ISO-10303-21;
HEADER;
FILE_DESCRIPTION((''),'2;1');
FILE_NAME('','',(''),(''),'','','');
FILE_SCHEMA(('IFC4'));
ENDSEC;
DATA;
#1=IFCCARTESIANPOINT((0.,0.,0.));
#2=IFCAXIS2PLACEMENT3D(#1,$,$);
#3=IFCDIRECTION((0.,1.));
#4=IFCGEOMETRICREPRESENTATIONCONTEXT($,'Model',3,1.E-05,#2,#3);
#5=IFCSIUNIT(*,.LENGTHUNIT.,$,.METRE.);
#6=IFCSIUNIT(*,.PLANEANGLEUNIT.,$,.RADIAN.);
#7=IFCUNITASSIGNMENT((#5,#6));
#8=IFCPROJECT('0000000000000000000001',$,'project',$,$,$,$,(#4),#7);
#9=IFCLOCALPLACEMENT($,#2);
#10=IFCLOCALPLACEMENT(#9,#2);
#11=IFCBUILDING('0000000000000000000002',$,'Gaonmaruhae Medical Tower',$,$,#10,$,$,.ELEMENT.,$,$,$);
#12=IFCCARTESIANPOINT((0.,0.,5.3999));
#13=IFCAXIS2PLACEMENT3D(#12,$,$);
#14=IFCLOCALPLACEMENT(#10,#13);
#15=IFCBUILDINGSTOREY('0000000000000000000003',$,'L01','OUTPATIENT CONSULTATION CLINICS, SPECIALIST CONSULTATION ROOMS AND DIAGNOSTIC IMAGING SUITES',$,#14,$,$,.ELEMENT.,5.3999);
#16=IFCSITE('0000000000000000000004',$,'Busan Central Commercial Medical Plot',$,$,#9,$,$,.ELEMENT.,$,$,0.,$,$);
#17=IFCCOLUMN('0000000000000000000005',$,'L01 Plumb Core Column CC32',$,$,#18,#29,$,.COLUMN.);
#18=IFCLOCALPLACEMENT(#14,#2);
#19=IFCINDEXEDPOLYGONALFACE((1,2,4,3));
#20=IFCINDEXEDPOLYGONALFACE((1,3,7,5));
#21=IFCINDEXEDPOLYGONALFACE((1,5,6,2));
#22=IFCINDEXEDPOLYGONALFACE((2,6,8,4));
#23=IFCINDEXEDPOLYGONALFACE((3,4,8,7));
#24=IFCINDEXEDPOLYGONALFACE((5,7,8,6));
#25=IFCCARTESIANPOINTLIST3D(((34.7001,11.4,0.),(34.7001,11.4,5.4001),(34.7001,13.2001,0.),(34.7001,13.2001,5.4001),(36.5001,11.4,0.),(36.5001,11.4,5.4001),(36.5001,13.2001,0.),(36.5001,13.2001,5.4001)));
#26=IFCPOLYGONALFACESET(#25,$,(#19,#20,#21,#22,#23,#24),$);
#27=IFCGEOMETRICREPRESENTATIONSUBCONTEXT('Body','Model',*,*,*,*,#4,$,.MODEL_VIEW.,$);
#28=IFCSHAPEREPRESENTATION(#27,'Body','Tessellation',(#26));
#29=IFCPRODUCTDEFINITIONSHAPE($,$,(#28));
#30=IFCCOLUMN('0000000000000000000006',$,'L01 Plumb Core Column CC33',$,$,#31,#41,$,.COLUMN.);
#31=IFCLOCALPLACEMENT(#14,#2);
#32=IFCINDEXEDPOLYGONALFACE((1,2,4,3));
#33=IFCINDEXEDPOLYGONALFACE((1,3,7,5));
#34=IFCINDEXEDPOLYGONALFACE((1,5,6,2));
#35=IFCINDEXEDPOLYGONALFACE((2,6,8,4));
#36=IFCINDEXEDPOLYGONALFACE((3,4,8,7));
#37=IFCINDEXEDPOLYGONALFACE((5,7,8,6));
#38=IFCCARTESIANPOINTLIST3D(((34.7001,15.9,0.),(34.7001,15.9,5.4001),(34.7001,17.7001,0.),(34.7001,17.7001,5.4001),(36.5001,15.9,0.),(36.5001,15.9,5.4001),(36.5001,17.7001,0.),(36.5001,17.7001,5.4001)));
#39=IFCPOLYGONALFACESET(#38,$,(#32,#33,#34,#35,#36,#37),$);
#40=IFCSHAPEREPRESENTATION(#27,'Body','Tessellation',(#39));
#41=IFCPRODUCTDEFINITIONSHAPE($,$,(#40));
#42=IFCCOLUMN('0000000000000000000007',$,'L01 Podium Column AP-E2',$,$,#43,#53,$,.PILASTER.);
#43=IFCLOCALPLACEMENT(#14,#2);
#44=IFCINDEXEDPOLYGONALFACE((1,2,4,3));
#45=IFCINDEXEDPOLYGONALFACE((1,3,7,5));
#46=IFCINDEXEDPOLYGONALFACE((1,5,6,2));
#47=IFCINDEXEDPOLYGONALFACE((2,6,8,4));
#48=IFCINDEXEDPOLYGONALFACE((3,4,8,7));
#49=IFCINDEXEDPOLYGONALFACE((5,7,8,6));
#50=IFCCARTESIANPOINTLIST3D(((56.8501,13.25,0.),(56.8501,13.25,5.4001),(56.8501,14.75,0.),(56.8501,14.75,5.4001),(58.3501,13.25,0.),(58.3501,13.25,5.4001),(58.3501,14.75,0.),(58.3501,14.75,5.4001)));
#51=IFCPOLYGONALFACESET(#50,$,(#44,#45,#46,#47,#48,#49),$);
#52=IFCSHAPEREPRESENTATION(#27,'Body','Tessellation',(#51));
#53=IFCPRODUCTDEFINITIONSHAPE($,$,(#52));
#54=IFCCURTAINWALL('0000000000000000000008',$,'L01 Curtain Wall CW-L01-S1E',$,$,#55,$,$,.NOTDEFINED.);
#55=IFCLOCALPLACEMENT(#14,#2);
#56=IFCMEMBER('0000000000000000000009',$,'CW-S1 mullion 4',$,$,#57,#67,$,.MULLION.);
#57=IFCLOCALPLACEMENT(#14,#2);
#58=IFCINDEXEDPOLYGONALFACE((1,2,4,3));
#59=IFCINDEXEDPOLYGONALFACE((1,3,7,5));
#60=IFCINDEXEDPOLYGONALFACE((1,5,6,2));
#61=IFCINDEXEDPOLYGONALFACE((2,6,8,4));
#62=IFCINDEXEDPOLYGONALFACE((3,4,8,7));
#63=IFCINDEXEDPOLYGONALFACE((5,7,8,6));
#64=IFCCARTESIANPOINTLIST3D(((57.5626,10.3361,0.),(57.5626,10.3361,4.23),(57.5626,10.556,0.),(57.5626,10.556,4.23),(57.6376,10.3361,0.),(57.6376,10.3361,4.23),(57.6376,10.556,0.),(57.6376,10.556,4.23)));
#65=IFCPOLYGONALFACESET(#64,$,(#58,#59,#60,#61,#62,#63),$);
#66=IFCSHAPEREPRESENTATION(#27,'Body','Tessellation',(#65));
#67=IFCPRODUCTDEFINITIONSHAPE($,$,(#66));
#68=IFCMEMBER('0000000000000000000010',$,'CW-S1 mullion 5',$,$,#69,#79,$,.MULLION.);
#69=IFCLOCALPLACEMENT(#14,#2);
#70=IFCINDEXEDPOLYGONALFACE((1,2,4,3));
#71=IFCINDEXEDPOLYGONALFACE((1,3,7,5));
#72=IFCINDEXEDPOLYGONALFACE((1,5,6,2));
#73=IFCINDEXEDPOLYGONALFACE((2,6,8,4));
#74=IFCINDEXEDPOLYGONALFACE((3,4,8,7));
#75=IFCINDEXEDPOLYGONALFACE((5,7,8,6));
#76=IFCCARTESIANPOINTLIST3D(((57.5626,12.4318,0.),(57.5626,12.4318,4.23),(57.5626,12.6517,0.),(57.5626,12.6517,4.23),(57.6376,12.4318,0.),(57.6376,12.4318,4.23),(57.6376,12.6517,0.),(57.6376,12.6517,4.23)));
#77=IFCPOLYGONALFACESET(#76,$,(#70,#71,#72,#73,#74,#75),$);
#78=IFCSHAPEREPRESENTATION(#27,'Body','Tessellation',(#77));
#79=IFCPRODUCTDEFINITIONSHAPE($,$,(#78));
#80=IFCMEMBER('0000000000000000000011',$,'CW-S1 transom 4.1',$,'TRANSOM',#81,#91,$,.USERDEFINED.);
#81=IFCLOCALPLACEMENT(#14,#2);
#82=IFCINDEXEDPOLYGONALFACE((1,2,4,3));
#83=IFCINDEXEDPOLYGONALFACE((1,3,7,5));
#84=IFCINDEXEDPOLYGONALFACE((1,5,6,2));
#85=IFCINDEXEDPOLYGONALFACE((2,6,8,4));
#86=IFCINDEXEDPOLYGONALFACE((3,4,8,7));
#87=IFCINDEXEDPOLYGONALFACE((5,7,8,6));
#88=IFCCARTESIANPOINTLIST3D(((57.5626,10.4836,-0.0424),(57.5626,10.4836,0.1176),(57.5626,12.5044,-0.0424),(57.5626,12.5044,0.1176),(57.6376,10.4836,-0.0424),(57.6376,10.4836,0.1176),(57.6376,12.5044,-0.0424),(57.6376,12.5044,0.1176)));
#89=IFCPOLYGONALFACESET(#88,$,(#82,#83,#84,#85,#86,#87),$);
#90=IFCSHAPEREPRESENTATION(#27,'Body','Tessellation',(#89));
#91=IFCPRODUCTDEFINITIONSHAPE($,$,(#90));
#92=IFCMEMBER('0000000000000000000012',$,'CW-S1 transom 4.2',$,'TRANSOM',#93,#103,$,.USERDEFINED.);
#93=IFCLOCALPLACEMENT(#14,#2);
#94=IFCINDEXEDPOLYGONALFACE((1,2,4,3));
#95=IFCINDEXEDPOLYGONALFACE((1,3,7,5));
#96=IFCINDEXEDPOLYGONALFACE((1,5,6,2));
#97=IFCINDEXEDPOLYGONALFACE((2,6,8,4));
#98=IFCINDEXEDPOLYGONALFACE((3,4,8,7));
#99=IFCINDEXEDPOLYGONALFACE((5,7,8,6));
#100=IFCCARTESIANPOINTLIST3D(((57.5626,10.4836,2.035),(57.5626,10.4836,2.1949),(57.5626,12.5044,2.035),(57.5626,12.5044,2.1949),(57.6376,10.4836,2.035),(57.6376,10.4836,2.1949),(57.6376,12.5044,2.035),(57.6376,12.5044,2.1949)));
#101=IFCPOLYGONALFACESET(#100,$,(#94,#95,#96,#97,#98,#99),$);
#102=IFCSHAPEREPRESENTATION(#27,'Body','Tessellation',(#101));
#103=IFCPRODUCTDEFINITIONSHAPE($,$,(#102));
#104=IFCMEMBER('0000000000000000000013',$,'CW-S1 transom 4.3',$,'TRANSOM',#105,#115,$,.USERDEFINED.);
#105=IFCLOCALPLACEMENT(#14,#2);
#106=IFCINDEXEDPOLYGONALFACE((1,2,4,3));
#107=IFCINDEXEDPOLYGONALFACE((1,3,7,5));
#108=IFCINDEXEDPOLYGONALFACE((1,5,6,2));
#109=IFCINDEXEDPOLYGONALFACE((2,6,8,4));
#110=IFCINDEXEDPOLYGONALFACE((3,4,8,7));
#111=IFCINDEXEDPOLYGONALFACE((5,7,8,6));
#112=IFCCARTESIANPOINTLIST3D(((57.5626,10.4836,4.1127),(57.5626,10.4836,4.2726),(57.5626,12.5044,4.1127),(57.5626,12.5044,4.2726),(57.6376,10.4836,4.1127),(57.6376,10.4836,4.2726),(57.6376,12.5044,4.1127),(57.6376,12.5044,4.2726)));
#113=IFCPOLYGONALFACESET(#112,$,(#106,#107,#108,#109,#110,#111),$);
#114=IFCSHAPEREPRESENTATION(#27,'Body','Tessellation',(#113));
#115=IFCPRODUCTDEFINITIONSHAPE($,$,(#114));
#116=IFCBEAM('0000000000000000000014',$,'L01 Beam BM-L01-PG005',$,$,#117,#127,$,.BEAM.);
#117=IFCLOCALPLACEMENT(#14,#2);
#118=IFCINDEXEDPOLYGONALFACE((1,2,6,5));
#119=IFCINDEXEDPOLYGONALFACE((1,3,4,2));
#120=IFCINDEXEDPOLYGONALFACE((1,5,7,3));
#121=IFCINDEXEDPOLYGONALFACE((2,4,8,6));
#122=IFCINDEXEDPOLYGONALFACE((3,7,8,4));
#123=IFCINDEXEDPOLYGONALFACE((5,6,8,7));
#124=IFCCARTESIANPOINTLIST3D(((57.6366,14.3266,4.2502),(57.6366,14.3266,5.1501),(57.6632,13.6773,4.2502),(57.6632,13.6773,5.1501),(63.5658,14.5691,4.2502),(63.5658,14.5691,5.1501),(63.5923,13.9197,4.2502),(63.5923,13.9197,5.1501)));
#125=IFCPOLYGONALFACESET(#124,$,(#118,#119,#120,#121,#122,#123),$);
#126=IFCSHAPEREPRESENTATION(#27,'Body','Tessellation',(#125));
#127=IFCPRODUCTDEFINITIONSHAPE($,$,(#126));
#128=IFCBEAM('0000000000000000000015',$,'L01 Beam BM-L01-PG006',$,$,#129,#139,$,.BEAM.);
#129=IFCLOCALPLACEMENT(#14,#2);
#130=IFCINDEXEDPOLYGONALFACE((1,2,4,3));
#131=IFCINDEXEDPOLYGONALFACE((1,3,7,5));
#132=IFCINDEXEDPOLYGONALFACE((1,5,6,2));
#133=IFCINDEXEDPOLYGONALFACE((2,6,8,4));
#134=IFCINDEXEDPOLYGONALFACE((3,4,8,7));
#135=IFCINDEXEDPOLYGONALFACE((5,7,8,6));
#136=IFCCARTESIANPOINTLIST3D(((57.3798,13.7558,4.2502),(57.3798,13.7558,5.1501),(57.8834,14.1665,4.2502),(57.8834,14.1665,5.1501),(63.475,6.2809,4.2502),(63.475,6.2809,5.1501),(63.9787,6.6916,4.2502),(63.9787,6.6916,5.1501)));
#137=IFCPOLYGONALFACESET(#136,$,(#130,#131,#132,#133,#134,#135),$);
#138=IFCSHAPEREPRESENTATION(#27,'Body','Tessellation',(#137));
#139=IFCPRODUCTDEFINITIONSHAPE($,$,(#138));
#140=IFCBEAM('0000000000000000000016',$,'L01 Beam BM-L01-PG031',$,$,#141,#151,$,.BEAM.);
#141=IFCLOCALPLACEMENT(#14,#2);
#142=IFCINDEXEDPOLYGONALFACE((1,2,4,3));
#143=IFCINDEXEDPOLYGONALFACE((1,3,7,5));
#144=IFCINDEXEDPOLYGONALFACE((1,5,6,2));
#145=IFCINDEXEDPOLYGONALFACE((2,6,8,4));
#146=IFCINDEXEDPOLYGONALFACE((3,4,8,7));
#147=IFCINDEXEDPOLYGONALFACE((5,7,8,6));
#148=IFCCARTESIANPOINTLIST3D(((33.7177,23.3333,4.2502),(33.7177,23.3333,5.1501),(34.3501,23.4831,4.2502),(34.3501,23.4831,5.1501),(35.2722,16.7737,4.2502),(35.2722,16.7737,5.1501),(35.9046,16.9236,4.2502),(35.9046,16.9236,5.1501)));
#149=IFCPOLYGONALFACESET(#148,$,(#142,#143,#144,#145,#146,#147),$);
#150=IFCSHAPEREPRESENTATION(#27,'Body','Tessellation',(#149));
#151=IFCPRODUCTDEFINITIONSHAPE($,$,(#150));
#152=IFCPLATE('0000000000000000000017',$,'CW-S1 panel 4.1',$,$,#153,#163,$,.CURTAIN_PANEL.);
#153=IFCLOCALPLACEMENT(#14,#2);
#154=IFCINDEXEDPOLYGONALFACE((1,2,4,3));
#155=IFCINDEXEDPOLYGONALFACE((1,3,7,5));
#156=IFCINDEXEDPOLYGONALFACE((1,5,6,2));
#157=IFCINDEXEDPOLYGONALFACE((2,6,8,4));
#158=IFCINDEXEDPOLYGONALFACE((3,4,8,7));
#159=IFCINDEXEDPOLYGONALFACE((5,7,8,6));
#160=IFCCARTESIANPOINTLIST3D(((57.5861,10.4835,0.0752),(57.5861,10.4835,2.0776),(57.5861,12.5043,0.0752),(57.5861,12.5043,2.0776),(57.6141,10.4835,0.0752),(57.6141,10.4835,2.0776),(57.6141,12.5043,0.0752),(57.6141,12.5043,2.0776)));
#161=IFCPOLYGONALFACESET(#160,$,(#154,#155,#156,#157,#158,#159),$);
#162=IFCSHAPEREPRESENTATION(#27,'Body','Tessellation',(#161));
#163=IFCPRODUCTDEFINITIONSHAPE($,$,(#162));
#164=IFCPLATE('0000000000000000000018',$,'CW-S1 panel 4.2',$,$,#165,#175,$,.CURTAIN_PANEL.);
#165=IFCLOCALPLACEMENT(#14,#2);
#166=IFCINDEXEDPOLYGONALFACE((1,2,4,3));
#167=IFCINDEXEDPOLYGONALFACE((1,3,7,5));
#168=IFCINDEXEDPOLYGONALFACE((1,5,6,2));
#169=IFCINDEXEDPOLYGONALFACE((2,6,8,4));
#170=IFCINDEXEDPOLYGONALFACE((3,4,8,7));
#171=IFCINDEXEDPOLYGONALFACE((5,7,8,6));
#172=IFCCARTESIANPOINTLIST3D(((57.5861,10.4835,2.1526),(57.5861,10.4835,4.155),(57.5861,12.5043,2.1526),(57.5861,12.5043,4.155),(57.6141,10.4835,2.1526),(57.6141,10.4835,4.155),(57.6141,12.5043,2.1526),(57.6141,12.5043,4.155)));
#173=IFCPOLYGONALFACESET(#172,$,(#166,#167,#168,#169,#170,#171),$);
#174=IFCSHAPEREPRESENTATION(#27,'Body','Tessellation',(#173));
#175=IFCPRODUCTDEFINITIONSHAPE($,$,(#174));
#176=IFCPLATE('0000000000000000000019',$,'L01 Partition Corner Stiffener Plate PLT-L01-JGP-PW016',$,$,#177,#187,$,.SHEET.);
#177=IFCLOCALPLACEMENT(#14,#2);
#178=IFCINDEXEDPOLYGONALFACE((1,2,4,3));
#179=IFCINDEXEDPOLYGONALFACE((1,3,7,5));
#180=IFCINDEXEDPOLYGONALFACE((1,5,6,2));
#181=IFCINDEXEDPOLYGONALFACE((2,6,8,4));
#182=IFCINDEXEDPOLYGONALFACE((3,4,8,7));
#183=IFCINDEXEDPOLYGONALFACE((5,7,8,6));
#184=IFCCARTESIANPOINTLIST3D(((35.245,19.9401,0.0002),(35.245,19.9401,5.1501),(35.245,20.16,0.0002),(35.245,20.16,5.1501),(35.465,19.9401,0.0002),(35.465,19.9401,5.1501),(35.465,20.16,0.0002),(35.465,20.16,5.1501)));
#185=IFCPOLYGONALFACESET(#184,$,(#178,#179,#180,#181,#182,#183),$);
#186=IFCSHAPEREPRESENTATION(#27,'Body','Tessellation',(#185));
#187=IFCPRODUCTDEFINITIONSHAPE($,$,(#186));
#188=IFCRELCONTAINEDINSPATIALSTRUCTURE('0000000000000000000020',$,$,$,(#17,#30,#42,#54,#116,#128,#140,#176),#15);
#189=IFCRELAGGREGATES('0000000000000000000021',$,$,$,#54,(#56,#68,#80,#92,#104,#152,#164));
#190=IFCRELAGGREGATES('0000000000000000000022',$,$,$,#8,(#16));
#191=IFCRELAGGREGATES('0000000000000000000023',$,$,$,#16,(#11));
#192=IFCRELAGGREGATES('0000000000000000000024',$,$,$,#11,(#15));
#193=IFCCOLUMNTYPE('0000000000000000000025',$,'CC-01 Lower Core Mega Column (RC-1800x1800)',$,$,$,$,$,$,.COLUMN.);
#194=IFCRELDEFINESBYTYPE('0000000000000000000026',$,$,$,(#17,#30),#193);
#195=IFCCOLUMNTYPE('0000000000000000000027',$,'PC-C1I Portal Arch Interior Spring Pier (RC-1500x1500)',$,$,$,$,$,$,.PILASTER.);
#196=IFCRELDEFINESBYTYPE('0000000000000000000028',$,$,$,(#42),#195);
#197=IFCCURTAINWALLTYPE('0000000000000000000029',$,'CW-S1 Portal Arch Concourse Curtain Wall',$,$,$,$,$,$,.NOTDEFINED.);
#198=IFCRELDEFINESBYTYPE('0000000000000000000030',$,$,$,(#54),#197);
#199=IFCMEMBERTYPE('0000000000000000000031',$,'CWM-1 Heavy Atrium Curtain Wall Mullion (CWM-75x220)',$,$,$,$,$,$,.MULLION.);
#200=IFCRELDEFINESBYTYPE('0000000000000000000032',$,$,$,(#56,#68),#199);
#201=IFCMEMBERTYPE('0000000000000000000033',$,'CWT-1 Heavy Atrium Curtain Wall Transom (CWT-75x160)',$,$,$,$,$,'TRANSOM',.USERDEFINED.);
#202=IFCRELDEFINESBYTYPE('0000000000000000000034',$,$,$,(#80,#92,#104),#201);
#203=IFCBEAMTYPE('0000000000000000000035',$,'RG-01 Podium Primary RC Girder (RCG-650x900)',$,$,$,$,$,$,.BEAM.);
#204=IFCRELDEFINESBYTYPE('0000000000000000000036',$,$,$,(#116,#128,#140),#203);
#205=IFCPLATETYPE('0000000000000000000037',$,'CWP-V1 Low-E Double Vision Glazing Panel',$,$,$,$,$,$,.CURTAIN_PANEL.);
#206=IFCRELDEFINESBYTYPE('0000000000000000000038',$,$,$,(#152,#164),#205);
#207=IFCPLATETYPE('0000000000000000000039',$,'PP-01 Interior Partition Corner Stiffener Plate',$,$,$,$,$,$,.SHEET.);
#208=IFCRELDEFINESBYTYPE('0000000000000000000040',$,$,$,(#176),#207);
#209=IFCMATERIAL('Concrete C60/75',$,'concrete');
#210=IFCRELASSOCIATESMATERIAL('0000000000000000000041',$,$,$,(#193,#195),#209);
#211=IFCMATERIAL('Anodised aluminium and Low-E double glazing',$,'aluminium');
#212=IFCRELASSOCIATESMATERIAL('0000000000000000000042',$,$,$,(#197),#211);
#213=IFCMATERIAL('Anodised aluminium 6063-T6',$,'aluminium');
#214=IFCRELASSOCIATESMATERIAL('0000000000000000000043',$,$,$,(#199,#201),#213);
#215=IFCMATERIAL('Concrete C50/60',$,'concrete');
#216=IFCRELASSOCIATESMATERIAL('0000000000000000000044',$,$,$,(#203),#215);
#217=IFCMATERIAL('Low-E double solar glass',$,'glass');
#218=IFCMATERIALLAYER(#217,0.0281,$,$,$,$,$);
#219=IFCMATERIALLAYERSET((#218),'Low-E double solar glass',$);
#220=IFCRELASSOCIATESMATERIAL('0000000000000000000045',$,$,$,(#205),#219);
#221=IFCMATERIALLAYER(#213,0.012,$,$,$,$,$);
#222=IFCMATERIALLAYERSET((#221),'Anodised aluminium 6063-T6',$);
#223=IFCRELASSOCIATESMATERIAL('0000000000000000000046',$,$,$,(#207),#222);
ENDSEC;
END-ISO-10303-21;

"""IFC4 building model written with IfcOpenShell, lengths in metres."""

from ifc_helpers import new_model, si_unit, direction, frame, origin, origin_2d, place, context, subcontext, project, spatial, rectangle, extrude, material, layer, layer_set, material_profile, profile_set, type_object, element, aggregate, save


model = new_model("IFC4")

# Units and contexts
model_context = context("Model", 3, precision=1e-05, world=origin(), true_north=direction((0.0, 1.0)))
body_context = subcontext(model_context, "Body", "Model", "MODEL_VIEW")
ifc_project = project(units=[si_unit("LENGTHUNIT", "METRE"), si_unit("PLANEANGLEUNIT", "RADIAN")], contexts=[model_context])

# Site, building, storey
site_placement = place(None, origin())
site = spatial("IfcSite", under=ifc_project, at=site_placement, Name="Busan Central Commercial Medical Plot", CompositionType="ELEMENT", RefElevation=0.0)
building_placement = place(site_placement, origin())
building = spatial("IfcBuilding", under=site, at=building_placement, Name="Gaonmaruhae Medical Tower", CompositionType="ELEMENT")
storey_placement = place(building_placement, frame((0.0, 0.0, 5.3999)))
storey = spatial("IfcBuildingStorey", under=building, at=storey_placement, Name="L01", Description="OUTPATIENT CONSULTATION CLINICS, SPECIALIST CONSULTATION ROOMS AND DIAGNOSTIC IMAGING SUITES", CompositionType="ELEMENT", Elevation=5.3999)

# Columns
ifc_material_1 = material(Name="Concrete C60/75", Category="concrete")
ifc_material_profile_1 = material_profile(ifc_material_1, rectangle(XDim=1.8, YDim=1.8, at=origin_2d()), Name="RC-1800x1800")
ifc_profile_set_1 = profile_set([ifc_material_profile_1], Name="Concrete C60/75")
column_type_1 = type_object("IfcColumnType", Name="CC-01 Lower Core Mega Column (RC-1800x1800)", PredefinedType="COLUMN", material=ifc_profile_set_1)
for number, where, z_axis, x_axis, name in (
    (1, (35.6001, 12.3, 0.0), (0.0, 0.0, 1.0), (1.0, 0.0, 0.0), "L01 Plumb Core Column CC32"),
    (2, (35.6001, 16.8, 0.0), (0.0, 0.0, 1.0), (1.0, 0.0, 0.0), "L01 Plumb Core Column CC33"),
):
    element("IfcColumn", number, at=place(storey_placement, frame(where, z_axis=z_axis, x_axis=x_axis)), inside=storey, type_object=column_type_1, Name=name, PredefinedType="COLUMN", context=body_context, shape_type="SweptSolid", body=[
        extrude(rectangle(XDim=1.8, YDim=1.8, at=origin_2d()), origin(), (0.0, 0.0, 1.0), 5.4001),
    ])
ifc_material_profile_2 = material_profile(ifc_material_1, rectangle(XDim=1.5, YDim=1.5, at=origin_2d()), Name="RC-1500x1500")
ifc_profile_set_2 = profile_set([ifc_material_profile_2], Name="Concrete C60/75")
column_type_2 = type_object("IfcColumnType", Name="PC-C1I Portal Arch Interior Spring Pier (RC-1500x1500)", PredefinedType="PILASTER", material=ifc_profile_set_2)
column_placement = place(storey_placement, frame((57.6001, 14.0, 0.0), z_axis=(0.0, 0.0, 1.0), x_axis=(1.0, 0.0, 0.0)))
element("IfcColumn", 3, at=column_placement, inside=storey, type_object=column_type_2, Name="L01 Podium Column AP-E2", PredefinedType="PILASTER", context=body_context, shape_type="SweptSolid", body=[
    extrude(rectangle(XDim=1.5, YDim=1.5, at=origin_2d()), origin(), (0.0, 0.0, 1.0), 5.4001),
])

# Curtain wall, members
ifc_material_2 = material(Name="Anodised aluminium and Low-E double glazing", Category="aluminium")
curtain_wall_type = type_object("IfcCurtainWallType", Name="CW-S1 Portal Arch Concourse Curtain Wall", PredefinedType="NOTDEFINED", material=ifc_material_2)
curtain_wall_placement = place(storey_placement, origin())
curtain_wall = element("IfcCurtainWall", 4, at=curtain_wall_placement, inside=storey, type_object=curtain_wall_type, Name="L01 Curtain Wall CW-L01-S1E", PredefinedType="NOTDEFINED")
ifc_material_3 = material(Name="Anodised aluminium 6063-T6", Category="aluminium")
ifc_material_profile_3 = material_profile(ifc_material_3, rectangle(XDim=0.075, YDim=0.22, at=origin_2d()), Name="CWM-75x220")
ifc_profile_set_3 = profile_set([ifc_material_profile_3], Name="Anodised aluminium 6063-T6")
member_type_1 = type_object("IfcMemberType", Name="CWM-1 Heavy Atrium Curtain Wall Mullion (CWM-75x220)", PredefinedType="MULLION", material=ifc_profile_set_3)
member_1_placement = place(storey_placement, frame((57.6001, 10.446, 0.0), z_axis=(0.0, 0.0, 1.0), x_axis=(-1.0, 0.0, 0.0)))
member_1 = element("IfcMember", 5, at=member_1_placement, type_object=member_type_1, Name="CW-S1 mullion 4", PredefinedType="MULLION", context=body_context, shape_type="SweptSolid", body=[
    extrude(rectangle(XDim=0.075, YDim=0.22, at=origin_2d()), origin(), (0.0, 0.0, 1.0), 4.23),
])
member_2_placement = place(storey_placement, frame((57.6001, 12.5417, 0.0), z_axis=(0.0, 0.0, 1.0), x_axis=(-1.0, 0.0, 0.0)))
member_2 = element("IfcMember", 6, at=member_2_placement, type_object=member_type_1, Name="CW-S1 mullion 5", PredefinedType="MULLION", context=body_context, shape_type="SweptSolid", body=[
    extrude(rectangle(XDim=0.075, YDim=0.22, at=origin_2d()), origin(), (0.0, 0.0, 1.0), 4.23),
])
ifc_material_profile_4 = material_profile(ifc_material_3, rectangle(XDim=0.075, YDim=0.1599, at=origin_2d()), Name="CWT-75x160")
ifc_profile_set_4 = profile_set([ifc_material_profile_4], Name="Anodised aluminium 6063-T6")
member_type_2 = type_object("IfcMemberType", Name="CWT-1 Heavy Atrium Curtain Wall Transom (CWT-75x160)", ElementType="TRANSOM", PredefinedType="USERDEFINED", material=ifc_profile_set_4)
member_3_placement = place(storey_placement, frame((57.6001, 10.4836, 0.0376), z_axis=(0.0, 1.0, 0.0), x_axis=(-1.0, 0.0, 0.0)))
member_3 = element("IfcMember", 7, at=member_3_placement, type_object=member_type_2, Name="CW-S1 transom 4.1", ObjectType="TRANSOM", PredefinedType="USERDEFINED", context=body_context, shape_type="SweptSolid", body=[
    extrude(rectangle(XDim=0.075, YDim=0.1599, at=origin_2d()), origin(), (0.0, 0.0, 1.0), 2.0208),
])
member_4_placement = place(storey_placement, frame((57.6001, 10.4836, 2.115), z_axis=(0.0, 1.0, 0.0), x_axis=(-1.0, 0.0, 0.0)))
member_4 = element("IfcMember", 8, at=member_4_placement, type_object=member_type_2, Name="CW-S1 transom 4.2", ObjectType="TRANSOM", PredefinedType="USERDEFINED", context=body_context, shape_type="SweptSolid", body=[
    extrude(rectangle(XDim=0.075, YDim=0.1599, at=origin_2d()), origin(), (0.0, 0.0, 1.0), 2.0208),
])
member_5_placement = place(storey_placement, frame((57.6001, 10.4836, 4.1926), z_axis=(0.0, 1.0, 0.0), x_axis=(-1.0, 0.0, 0.0)))
member_5 = element("IfcMember", 9, at=member_5_placement, type_object=member_type_2, Name="CW-S1 transom 4.3", ObjectType="TRANSOM", PredefinedType="USERDEFINED", context=body_context, shape_type="SweptSolid", body=[
    extrude(rectangle(XDim=0.075, YDim=0.1599, at=origin_2d()), origin(), (0.0, 0.0, 1.0), 2.0208),
])

# Beams
ifc_material_4 = material(Name="Concrete C50/60", Category="concrete")
ifc_material_profile_5 = material_profile(ifc_material_4, rectangle(XDim=0.6499, YDim=0.8999, at=origin_2d()), Name="RCG-650x900")
ifc_profile_set_5 = profile_set([ifc_material_profile_5], Name="Concrete C50/60")
beam_type = type_object("IfcBeamType", Name="RG-01 Podium Primary RC Girder (RCG-650x900)", PredefinedType="BEAM", material=ifc_profile_set_5)
beam_1_placement = place(storey_placement, frame((57.6499, 14.002, 4.7002), z_axis=(0.999165, 0.040854, 0.0), x_axis=(-0.040854, 0.999165, 0.0)))
element("IfcBeam", 10, at=beam_1_placement, inside=storey, type_object=beam_type, Name="L01 Beam BM-L01-PG005", PredefinedType="BEAM", context=body_context, shape_type="SweptSolid", body=[
    extrude(rectangle(XDim=0.6499, YDim=0.8999, at=origin_2d()), origin(), (0.0, 0.0, 1.0), 5.9341),
])
beam_2_placement = place(storey_placement, frame((57.6316, 13.9612, 4.7002), z_axis=(0.631959, -0.775002, 0.0), x_axis=(0.775002, 0.631959, 0.0)))
element("IfcBeam", 11, at=beam_2_placement, inside=storey, type_object=beam_type, Name="L01 Beam BM-L01-PG006", PredefinedType="BEAM", context=body_context, shape_type="SweptSolid", body=[
    extrude(rectangle(XDim=0.6499, YDim=0.8999, at=origin_2d()), origin(), (0.0, 0.0, 1.0), 9.645),
])
beam_3_placement = place(storey_placement, frame((34.0339, 23.4082, 4.7002), z_axis=(0.230587, -0.973052, 0.0), x_axis=(0.973052, 0.230587, 0.0)))
element("IfcBeam", 12, at=beam_3_placement, inside=storey, type_object=beam_type, Name="L01 Beam BM-L01-PG031", PredefinedType="BEAM", context=body_context, shape_type="SweptSolid", body=[
    extrude(rectangle(XDim=0.6499, YDim=0.8999, at=origin_2d()), origin(), (0.0, 0.0, 1.0), 6.7412),
])

# Plates
ifc_material_5 = material(Name="Low-E double solar glass", Category="glass")
ifc_layer_1 = layer(ifc_material_5, 0.0281)
ifc_layer_set_1 = layer_set([ifc_layer_1], Name="Low-E double solar glass")
plate_type_1 = type_object("IfcPlateType", Name="CWP-V1 Low-E Double Vision Glazing Panel", PredefinedType="CURTAIN_PANEL", material=ifc_layer_set_1)
plate_1_placement = place(storey_placement, frame((57.6001, 11.4939, 0.0752), z_axis=(0.0, 0.0, 1.0), x_axis=(0.0, 1.0, 0.0)))
plate_1 = element("IfcPlate", 13, at=plate_1_placement, type_object=plate_type_1, Name="CW-S1 panel 4.1", PredefinedType="CURTAIN_PANEL", context=body_context, shape_type="SweptSolid", body=[
    extrude(rectangle(XDim=2.0208, YDim=0.0281, at=origin_2d()), origin(), (0.0, 0.0, 1.0), 2.0024),
])
plate_2_placement = place(storey_placement, frame((57.6001, 11.4939, 2.1526), z_axis=(0.0, 0.0, 1.0), x_axis=(0.0, 1.0, 0.0)))
plate_2 = element("IfcPlate", 14, at=plate_2_placement, type_object=plate_type_1, Name="CW-S1 panel 4.2", PredefinedType="CURTAIN_PANEL", context=body_context, shape_type="SweptSolid", body=[
    extrude(rectangle(XDim=2.0208, YDim=0.0281, at=origin_2d()), origin(), (0.0, 0.0, 1.0), 2.0024),
])
aggregate(curtain_wall, [member_1, member_2, member_3, member_4, member_5, plate_1, plate_2])
ifc_layer_2 = layer(ifc_material_3, 0.012)
ifc_layer_set_2 = layer_set([ifc_layer_2], Name="Anodised aluminium 6063-T6")
plate_type_2 = type_object("IfcPlateType", Name="PP-01 Interior Partition Corner Stiffener Plate", PredefinedType="SHEET", material=ifc_layer_set_2)
plate_3_placement = place(storey_placement, frame((35.355, 20.05, 0.0002), z_axis=(0.0, 0.0, 1.0), x_axis=(-1.0, 0.0, 0.0)))
element("IfcPlate", 15, at=plate_3_placement, inside=storey, type_object=plate_type_2, Name="L01 Partition Corner Stiffener Plate PLT-L01-JGP-PW016", PredefinedType="SHEET", context=body_context, shape_type="SweptSolid", body=[
    extrude(rectangle(XDim=0.22, YDim=0.22, at=origin_2d()), origin(), (0.0, 0.0, 1.0), 5.1499),
])

save(model, "model.ifc")
